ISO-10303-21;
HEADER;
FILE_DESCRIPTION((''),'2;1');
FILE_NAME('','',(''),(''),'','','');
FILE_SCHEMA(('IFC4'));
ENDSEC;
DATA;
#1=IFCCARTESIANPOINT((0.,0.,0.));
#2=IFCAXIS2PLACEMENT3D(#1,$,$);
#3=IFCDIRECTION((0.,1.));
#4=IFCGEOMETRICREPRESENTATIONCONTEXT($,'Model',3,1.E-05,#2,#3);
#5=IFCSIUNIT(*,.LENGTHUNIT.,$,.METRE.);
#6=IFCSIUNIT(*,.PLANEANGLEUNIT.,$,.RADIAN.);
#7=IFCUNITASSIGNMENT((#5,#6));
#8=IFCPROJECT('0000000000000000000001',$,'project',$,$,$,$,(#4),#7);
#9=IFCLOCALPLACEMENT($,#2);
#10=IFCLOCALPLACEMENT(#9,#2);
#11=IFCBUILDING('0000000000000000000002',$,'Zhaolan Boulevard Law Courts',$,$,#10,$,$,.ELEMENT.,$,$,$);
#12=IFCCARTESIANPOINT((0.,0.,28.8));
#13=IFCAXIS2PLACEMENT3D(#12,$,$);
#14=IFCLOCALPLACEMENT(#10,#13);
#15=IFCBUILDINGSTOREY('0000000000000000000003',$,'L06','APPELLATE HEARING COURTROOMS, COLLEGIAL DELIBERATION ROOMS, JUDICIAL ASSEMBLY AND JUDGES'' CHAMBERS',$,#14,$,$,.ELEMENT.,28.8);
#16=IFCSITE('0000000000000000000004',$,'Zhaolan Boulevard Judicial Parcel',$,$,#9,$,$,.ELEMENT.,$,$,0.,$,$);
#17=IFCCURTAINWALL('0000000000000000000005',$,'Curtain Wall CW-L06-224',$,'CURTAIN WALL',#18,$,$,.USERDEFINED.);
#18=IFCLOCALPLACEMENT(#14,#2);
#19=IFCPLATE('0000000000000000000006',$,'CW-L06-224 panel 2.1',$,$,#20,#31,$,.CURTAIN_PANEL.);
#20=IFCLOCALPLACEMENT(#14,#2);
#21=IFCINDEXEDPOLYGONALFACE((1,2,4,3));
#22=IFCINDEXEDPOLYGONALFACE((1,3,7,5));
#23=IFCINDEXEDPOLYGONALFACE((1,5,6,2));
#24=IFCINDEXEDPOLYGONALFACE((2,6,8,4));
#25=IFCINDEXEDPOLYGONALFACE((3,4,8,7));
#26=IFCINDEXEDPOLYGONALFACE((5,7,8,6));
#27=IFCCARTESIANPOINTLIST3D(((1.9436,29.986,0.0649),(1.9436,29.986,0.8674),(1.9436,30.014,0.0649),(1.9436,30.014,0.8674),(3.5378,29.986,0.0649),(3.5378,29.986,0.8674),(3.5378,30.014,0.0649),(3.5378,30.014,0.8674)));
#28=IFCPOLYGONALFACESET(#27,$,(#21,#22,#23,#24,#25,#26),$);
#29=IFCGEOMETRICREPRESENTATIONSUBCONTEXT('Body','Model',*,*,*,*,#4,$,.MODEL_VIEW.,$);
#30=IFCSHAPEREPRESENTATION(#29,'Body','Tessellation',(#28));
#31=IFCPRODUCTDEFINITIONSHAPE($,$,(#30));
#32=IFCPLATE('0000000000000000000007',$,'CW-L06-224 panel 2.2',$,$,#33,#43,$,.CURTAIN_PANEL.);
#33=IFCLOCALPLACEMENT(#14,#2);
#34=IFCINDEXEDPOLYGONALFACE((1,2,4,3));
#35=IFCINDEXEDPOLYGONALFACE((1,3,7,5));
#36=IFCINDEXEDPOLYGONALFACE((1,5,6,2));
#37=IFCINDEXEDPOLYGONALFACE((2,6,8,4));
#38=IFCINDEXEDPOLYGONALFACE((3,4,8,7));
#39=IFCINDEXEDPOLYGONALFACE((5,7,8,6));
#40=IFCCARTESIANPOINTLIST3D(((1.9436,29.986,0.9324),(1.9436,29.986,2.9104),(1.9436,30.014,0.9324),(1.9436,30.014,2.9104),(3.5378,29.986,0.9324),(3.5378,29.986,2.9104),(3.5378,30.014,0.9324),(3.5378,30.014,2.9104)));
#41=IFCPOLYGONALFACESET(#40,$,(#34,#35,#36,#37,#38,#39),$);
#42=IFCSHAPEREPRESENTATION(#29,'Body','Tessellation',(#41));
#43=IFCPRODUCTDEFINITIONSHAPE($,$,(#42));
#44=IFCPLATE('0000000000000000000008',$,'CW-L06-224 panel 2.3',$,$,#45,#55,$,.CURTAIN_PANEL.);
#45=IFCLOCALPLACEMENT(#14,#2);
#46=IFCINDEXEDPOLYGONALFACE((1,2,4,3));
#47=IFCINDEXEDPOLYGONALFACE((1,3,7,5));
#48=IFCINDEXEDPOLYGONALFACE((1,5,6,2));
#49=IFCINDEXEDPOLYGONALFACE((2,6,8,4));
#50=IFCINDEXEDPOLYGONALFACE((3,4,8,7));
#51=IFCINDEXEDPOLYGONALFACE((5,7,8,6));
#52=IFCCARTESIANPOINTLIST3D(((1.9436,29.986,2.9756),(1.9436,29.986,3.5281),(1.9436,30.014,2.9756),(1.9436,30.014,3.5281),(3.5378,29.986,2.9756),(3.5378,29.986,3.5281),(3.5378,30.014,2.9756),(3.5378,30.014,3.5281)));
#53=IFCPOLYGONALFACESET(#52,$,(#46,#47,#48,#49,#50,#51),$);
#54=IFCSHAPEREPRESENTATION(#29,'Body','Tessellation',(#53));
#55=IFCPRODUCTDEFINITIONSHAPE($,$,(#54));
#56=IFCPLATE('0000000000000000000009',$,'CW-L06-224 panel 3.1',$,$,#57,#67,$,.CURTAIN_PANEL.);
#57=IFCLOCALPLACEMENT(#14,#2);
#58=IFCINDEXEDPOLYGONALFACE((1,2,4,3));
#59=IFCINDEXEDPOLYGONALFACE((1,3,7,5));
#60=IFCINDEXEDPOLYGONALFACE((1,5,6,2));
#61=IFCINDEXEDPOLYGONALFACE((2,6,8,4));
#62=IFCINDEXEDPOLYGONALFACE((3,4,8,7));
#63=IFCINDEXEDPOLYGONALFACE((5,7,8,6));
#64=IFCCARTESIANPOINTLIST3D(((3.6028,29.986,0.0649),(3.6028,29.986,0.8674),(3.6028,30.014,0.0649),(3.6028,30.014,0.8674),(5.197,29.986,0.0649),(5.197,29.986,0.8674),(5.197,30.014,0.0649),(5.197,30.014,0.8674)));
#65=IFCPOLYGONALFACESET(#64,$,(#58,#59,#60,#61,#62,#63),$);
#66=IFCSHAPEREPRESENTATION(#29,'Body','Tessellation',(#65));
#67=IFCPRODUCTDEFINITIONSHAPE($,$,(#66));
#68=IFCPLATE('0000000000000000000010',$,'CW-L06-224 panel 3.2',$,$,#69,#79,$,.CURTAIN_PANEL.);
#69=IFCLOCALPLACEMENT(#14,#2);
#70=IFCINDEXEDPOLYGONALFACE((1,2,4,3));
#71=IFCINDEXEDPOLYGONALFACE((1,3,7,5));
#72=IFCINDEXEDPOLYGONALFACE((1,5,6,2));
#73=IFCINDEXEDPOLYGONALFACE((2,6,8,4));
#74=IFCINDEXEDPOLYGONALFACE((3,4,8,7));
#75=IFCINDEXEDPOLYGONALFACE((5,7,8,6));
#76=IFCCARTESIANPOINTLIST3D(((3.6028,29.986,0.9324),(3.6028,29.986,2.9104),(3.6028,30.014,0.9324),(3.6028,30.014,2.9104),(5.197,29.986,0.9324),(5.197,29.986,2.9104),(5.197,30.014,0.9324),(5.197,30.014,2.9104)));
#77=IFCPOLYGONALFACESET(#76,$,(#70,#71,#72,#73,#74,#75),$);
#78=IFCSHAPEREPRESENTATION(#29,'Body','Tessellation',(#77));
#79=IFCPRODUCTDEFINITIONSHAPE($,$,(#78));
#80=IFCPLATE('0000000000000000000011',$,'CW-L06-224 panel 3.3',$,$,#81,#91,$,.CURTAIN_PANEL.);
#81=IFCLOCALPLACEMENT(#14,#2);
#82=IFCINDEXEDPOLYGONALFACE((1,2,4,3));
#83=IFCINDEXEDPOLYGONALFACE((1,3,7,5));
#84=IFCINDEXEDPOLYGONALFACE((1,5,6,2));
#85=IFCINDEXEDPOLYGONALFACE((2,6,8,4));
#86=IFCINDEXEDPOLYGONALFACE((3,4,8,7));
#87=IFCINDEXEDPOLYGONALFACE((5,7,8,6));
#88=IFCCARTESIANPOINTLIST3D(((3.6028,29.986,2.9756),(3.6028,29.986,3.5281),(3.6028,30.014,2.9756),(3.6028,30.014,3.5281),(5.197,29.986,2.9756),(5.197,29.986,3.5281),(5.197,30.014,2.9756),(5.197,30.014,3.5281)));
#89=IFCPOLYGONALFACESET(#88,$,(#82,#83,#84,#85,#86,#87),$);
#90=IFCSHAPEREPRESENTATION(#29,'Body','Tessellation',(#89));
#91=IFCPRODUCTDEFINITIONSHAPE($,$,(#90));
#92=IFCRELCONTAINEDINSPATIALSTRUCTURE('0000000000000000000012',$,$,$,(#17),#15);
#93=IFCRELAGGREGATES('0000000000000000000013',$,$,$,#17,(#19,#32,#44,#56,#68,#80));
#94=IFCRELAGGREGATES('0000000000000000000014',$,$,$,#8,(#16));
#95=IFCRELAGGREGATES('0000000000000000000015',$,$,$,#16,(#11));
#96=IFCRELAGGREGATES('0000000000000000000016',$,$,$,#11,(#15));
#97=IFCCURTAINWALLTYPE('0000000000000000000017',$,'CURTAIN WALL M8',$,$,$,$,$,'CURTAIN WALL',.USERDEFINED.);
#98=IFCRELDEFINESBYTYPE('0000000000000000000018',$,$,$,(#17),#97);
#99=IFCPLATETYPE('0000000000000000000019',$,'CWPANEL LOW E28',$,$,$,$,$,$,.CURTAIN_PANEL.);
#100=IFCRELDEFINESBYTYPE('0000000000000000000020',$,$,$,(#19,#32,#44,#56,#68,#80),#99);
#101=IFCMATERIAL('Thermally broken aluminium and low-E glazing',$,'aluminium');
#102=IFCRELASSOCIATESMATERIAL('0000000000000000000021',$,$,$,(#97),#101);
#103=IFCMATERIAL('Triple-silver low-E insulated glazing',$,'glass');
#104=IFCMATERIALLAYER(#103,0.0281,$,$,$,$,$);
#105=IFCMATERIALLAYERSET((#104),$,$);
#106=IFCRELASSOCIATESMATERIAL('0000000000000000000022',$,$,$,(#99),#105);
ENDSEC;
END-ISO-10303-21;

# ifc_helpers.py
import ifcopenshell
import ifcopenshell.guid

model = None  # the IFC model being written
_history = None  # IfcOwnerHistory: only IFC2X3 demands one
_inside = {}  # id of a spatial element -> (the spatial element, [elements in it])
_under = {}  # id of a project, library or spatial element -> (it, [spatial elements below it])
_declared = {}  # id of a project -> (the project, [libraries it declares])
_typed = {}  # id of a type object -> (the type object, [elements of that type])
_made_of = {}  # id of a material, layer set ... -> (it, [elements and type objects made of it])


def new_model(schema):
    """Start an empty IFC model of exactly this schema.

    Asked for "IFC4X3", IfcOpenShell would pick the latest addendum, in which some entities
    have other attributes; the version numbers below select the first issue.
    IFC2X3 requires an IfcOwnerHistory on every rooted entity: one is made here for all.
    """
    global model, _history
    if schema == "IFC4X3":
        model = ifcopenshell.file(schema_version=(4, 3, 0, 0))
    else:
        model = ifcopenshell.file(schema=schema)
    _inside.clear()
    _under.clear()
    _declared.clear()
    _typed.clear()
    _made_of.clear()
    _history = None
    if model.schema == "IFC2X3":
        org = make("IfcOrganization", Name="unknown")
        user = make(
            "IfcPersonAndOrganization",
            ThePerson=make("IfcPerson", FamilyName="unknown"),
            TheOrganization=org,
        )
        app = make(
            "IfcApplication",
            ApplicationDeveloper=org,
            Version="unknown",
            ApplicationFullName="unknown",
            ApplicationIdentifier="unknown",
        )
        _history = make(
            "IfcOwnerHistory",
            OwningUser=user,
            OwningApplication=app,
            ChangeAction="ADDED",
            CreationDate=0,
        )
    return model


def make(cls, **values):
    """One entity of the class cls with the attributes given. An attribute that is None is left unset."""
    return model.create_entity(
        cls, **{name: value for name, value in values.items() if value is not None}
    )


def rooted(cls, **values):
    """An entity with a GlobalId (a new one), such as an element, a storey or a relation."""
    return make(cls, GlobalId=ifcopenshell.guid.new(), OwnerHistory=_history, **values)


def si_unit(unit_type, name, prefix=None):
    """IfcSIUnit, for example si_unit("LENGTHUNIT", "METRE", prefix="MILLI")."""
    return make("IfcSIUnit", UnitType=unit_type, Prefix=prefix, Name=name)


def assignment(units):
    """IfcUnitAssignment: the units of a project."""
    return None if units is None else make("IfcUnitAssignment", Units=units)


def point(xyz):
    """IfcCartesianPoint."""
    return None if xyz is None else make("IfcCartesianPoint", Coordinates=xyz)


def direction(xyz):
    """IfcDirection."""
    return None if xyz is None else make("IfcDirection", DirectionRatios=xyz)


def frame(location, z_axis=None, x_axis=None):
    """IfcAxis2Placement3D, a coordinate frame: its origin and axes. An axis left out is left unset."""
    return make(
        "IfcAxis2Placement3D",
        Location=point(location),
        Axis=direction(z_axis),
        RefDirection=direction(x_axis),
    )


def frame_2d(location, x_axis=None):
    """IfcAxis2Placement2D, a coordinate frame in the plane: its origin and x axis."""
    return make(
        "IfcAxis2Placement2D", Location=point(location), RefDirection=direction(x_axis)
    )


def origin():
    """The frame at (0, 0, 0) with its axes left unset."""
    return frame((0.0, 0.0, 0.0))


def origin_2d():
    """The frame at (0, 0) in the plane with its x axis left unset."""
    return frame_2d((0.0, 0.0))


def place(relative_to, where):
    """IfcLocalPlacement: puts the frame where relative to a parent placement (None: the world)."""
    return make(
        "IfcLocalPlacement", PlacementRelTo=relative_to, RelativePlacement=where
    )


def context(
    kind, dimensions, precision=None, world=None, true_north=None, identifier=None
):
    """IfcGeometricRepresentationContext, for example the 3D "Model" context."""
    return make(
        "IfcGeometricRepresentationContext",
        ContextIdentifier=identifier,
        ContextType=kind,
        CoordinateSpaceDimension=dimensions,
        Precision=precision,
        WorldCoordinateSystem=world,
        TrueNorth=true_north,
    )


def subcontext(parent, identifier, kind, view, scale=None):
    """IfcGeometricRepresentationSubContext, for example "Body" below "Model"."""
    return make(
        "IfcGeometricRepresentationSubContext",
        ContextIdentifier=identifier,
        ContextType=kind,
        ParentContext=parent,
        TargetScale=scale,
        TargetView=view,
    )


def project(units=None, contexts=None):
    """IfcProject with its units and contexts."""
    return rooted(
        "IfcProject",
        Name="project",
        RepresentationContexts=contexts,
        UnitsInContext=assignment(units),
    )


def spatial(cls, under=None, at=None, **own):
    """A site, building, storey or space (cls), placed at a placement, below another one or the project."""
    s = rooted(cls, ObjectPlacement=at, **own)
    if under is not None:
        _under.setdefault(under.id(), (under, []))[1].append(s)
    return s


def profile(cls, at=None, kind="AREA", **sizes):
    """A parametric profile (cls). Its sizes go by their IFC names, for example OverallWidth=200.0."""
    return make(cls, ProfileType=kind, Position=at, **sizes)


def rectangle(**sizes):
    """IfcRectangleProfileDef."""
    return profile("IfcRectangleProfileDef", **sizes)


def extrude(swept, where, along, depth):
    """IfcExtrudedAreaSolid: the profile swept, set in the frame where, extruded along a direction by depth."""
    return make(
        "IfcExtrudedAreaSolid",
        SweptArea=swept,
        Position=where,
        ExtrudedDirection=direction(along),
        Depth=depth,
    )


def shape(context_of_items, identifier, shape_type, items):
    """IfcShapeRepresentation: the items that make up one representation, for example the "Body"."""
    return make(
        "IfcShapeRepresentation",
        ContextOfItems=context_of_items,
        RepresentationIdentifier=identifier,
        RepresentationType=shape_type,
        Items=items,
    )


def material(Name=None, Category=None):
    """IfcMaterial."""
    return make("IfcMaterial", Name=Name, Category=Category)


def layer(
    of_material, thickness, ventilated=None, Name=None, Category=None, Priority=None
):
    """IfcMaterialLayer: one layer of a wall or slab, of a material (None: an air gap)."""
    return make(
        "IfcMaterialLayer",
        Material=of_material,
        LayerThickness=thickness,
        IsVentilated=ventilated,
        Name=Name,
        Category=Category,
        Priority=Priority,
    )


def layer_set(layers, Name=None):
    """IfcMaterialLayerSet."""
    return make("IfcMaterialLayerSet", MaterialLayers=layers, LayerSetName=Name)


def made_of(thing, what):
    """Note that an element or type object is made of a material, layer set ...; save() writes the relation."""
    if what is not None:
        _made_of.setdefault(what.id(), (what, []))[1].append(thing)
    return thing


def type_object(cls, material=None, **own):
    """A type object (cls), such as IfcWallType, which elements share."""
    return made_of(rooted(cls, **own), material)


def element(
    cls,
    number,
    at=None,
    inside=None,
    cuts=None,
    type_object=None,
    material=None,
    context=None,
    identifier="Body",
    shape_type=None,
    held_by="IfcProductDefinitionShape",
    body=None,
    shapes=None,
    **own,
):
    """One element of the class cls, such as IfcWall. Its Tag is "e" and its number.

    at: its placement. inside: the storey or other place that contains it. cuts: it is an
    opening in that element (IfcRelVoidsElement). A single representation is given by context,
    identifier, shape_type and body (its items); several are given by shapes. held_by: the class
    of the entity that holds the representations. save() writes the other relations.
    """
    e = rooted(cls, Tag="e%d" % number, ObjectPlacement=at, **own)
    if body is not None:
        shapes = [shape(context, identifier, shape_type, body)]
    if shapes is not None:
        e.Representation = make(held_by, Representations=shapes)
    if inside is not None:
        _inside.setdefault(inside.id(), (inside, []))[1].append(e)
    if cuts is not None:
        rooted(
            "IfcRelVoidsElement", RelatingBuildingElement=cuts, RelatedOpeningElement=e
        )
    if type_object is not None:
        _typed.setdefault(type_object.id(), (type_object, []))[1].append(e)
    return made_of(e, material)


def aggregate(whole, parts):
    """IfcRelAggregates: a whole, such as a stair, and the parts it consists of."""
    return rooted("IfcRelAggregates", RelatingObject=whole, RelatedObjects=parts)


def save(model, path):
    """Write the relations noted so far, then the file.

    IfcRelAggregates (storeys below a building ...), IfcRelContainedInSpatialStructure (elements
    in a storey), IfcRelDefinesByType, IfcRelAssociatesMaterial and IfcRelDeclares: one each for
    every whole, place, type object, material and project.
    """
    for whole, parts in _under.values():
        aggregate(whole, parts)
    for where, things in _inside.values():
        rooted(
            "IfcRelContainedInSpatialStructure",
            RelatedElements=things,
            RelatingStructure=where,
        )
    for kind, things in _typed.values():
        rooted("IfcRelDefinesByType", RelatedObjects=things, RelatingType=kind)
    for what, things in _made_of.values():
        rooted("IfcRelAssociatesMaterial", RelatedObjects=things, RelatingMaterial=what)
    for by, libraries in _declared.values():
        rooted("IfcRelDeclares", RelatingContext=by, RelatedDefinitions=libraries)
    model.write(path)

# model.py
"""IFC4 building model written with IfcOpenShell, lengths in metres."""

from ifc_helpers import new_model, si_unit, direction, frame, origin, origin_2d, place, context, subcontext, project, spatial, rectangle, extrude, material, layer, layer_set, type_object, element, aggregate, save


model = new_model("IFC4")

# Units and contexts
model_context = context("Model", 3, precision=1e-05, world=origin(), true_north=direction((0.0, 1.0)))
body_context = subcontext(model_context, "Body", "Model", "MODEL_VIEW")
ifc_project = project(units=[si_unit("LENGTHUNIT", "METRE"), si_unit("PLANEANGLEUNIT", "RADIAN")], contexts=[model_context])

# Site, building, storey
site_placement = place(None, origin())
site = spatial("IfcSite", under=ifc_project, at=site_placement, Name="Zhaolan Boulevard Judicial Parcel", CompositionType="ELEMENT", RefElevation=0.0)
building_placement = place(site_placement, origin())
building = spatial("IfcBuilding", under=site, at=building_placement, Name="Zhaolan Boulevard Law Courts", CompositionType="ELEMENT")
storey_placement = place(building_placement, frame((0.0, 0.0, 28.8)))
storey = spatial("IfcBuildingStorey", under=building, at=storey_placement, Name="L06", Description="APPELLATE HEARING COURTROOMS, COLLEGIAL DELIBERATION ROOMS, JUDICIAL ASSEMBLY AND JUDGES' CHAMBERS", CompositionType="ELEMENT", Elevation=28.8)

# Curtain wall, plates
ifc_material_1 = material(Name="Thermally broken aluminium and low-E glazing", Category="aluminium")
curtain_wall_type = type_object("IfcCurtainWallType", Name="CURTAIN WALL M8", ElementType="CURTAIN WALL", PredefinedType="USERDEFINED", material=ifc_material_1)
curtain_wall_placement = place(storey_placement, origin())
curtain_wall = element("IfcCurtainWall", 1, at=curtain_wall_placement, inside=storey, type_object=curtain_wall_type, Name="Curtain Wall CW-L06-224", ObjectType="CURTAIN WALL", PredefinedType="USERDEFINED")
ifc_material_2 = material(Name="Triple-silver low-E insulated glazing", Category="glass")
ifc_layer = layer(ifc_material_2, 0.0281)
ifc_layer_set = layer_set([ifc_layer])
plate_type = type_object("IfcPlateType", Name="CWPANEL LOW E28", PredefinedType="CURTAIN_PANEL", material=ifc_layer_set)
plate_1_placement = place(storey_placement, frame((2.7407, 30.0, 0.0649), z_axis=(0.0, 0.0, 1.0), x_axis=(1.0, 0.0, 0.0)))
plate_1 = element("IfcPlate", 2, at=plate_1_placement, type_object=plate_type, Name="CW-L06-224 panel 2.1", PredefinedType="CURTAIN_PANEL", context=body_context, shape_type="SweptSolid", body=[
    extrude(rectangle(XDim=1.5942, YDim=0.0281, at=origin_2d()), origin(), (0.0, 0.0, 1.0), 0.8025),
])
plate_2_placement = place(storey_placement, frame((2.7407, 30.0, 0.9324), z_axis=(0.0, 0.0, 1.0), x_axis=(1.0, 0.0, 0.0)))
plate_2 = element("IfcPlate", 3, at=plate_2_placement, type_object=plate_type, Name="CW-L06-224 panel 2.2", PredefinedType="CURTAIN_PANEL", context=body_context, shape_type="SweptSolid", body=[
    extrude(rectangle(XDim=1.5942, YDim=0.0281, at=origin_2d()), origin(), (0.0, 0.0, 1.0), 1.978),
])
plate_3_placement = place(storey_placement, frame((2.7407, 30.0, 2.9756), z_axis=(0.0, 0.0, 1.0), x_axis=(1.0, 0.0, 0.0)))
plate_3 = element("IfcPlate", 4, at=plate_3_placement, type_object=plate_type, Name="CW-L06-224 panel 2.3", PredefinedType="CURTAIN_PANEL", context=body_context, shape_type="SweptSolid", body=[
    extrude(rectangle(XDim=1.5942, YDim=0.0281, at=origin_2d()), origin(), (0.0, 0.0, 1.0), 0.5525),
])
plate_4_placement = place(storey_placement, frame((4.3999, 30.0, 0.0649), z_axis=(0.0, 0.0, 1.0), x_axis=(1.0, 0.0, 0.0)))
plate_4 = element("IfcPlate", 5, at=plate_4_placement, type_object=plate_type, Name="CW-L06-224 panel 3.1", PredefinedType="CURTAIN_PANEL", context=body_context, shape_type="SweptSolid", body=[
    extrude(rectangle(XDim=1.5942, YDim=0.0281, at=origin_2d()), origin(), (0.0, 0.0, 1.0), 0.8025),
])
plate_5_placement = place(storey_placement, frame((4.3999, 30.0, 0.9324), z_axis=(0.0, 0.0, 1.0), x_axis=(1.0, 0.0, 0.0)))
plate_5 = element("IfcPlate", 6, at=plate_5_placement, type_object=plate_type, Name="CW-L06-224 panel 3.2", PredefinedType="CURTAIN_PANEL", context=body_context, shape_type="SweptSolid", body=[
    extrude(rectangle(XDim=1.5942, YDim=0.0281, at=origin_2d()), origin(), (0.0, 0.0, 1.0), 1.978),
])
plate_6_placement = place(storey_placement, frame((4.3999, 30.0, 2.9756), z_axis=(0.0, 0.0, 1.0), x_axis=(1.0, 0.0, 0.0)))
plate_6 = element("IfcPlate", 7, at=plate_6_placement, type_object=plate_type, Name="CW-L06-224 panel 3.3", PredefinedType="CURTAIN_PANEL", context=body_context, shape_type="SweptSolid", body=[
    extrude(rectangle(XDim=1.5942, YDim=0.0281, at=origin_2d()), origin(), (0.0, 0.0, 1.0), 0.5525),
])
aggregate(curtain_wall, [plate_1, plate_2, plate_3, plate_4, plate_5, plate_6])

save(model, "model.ifc")
